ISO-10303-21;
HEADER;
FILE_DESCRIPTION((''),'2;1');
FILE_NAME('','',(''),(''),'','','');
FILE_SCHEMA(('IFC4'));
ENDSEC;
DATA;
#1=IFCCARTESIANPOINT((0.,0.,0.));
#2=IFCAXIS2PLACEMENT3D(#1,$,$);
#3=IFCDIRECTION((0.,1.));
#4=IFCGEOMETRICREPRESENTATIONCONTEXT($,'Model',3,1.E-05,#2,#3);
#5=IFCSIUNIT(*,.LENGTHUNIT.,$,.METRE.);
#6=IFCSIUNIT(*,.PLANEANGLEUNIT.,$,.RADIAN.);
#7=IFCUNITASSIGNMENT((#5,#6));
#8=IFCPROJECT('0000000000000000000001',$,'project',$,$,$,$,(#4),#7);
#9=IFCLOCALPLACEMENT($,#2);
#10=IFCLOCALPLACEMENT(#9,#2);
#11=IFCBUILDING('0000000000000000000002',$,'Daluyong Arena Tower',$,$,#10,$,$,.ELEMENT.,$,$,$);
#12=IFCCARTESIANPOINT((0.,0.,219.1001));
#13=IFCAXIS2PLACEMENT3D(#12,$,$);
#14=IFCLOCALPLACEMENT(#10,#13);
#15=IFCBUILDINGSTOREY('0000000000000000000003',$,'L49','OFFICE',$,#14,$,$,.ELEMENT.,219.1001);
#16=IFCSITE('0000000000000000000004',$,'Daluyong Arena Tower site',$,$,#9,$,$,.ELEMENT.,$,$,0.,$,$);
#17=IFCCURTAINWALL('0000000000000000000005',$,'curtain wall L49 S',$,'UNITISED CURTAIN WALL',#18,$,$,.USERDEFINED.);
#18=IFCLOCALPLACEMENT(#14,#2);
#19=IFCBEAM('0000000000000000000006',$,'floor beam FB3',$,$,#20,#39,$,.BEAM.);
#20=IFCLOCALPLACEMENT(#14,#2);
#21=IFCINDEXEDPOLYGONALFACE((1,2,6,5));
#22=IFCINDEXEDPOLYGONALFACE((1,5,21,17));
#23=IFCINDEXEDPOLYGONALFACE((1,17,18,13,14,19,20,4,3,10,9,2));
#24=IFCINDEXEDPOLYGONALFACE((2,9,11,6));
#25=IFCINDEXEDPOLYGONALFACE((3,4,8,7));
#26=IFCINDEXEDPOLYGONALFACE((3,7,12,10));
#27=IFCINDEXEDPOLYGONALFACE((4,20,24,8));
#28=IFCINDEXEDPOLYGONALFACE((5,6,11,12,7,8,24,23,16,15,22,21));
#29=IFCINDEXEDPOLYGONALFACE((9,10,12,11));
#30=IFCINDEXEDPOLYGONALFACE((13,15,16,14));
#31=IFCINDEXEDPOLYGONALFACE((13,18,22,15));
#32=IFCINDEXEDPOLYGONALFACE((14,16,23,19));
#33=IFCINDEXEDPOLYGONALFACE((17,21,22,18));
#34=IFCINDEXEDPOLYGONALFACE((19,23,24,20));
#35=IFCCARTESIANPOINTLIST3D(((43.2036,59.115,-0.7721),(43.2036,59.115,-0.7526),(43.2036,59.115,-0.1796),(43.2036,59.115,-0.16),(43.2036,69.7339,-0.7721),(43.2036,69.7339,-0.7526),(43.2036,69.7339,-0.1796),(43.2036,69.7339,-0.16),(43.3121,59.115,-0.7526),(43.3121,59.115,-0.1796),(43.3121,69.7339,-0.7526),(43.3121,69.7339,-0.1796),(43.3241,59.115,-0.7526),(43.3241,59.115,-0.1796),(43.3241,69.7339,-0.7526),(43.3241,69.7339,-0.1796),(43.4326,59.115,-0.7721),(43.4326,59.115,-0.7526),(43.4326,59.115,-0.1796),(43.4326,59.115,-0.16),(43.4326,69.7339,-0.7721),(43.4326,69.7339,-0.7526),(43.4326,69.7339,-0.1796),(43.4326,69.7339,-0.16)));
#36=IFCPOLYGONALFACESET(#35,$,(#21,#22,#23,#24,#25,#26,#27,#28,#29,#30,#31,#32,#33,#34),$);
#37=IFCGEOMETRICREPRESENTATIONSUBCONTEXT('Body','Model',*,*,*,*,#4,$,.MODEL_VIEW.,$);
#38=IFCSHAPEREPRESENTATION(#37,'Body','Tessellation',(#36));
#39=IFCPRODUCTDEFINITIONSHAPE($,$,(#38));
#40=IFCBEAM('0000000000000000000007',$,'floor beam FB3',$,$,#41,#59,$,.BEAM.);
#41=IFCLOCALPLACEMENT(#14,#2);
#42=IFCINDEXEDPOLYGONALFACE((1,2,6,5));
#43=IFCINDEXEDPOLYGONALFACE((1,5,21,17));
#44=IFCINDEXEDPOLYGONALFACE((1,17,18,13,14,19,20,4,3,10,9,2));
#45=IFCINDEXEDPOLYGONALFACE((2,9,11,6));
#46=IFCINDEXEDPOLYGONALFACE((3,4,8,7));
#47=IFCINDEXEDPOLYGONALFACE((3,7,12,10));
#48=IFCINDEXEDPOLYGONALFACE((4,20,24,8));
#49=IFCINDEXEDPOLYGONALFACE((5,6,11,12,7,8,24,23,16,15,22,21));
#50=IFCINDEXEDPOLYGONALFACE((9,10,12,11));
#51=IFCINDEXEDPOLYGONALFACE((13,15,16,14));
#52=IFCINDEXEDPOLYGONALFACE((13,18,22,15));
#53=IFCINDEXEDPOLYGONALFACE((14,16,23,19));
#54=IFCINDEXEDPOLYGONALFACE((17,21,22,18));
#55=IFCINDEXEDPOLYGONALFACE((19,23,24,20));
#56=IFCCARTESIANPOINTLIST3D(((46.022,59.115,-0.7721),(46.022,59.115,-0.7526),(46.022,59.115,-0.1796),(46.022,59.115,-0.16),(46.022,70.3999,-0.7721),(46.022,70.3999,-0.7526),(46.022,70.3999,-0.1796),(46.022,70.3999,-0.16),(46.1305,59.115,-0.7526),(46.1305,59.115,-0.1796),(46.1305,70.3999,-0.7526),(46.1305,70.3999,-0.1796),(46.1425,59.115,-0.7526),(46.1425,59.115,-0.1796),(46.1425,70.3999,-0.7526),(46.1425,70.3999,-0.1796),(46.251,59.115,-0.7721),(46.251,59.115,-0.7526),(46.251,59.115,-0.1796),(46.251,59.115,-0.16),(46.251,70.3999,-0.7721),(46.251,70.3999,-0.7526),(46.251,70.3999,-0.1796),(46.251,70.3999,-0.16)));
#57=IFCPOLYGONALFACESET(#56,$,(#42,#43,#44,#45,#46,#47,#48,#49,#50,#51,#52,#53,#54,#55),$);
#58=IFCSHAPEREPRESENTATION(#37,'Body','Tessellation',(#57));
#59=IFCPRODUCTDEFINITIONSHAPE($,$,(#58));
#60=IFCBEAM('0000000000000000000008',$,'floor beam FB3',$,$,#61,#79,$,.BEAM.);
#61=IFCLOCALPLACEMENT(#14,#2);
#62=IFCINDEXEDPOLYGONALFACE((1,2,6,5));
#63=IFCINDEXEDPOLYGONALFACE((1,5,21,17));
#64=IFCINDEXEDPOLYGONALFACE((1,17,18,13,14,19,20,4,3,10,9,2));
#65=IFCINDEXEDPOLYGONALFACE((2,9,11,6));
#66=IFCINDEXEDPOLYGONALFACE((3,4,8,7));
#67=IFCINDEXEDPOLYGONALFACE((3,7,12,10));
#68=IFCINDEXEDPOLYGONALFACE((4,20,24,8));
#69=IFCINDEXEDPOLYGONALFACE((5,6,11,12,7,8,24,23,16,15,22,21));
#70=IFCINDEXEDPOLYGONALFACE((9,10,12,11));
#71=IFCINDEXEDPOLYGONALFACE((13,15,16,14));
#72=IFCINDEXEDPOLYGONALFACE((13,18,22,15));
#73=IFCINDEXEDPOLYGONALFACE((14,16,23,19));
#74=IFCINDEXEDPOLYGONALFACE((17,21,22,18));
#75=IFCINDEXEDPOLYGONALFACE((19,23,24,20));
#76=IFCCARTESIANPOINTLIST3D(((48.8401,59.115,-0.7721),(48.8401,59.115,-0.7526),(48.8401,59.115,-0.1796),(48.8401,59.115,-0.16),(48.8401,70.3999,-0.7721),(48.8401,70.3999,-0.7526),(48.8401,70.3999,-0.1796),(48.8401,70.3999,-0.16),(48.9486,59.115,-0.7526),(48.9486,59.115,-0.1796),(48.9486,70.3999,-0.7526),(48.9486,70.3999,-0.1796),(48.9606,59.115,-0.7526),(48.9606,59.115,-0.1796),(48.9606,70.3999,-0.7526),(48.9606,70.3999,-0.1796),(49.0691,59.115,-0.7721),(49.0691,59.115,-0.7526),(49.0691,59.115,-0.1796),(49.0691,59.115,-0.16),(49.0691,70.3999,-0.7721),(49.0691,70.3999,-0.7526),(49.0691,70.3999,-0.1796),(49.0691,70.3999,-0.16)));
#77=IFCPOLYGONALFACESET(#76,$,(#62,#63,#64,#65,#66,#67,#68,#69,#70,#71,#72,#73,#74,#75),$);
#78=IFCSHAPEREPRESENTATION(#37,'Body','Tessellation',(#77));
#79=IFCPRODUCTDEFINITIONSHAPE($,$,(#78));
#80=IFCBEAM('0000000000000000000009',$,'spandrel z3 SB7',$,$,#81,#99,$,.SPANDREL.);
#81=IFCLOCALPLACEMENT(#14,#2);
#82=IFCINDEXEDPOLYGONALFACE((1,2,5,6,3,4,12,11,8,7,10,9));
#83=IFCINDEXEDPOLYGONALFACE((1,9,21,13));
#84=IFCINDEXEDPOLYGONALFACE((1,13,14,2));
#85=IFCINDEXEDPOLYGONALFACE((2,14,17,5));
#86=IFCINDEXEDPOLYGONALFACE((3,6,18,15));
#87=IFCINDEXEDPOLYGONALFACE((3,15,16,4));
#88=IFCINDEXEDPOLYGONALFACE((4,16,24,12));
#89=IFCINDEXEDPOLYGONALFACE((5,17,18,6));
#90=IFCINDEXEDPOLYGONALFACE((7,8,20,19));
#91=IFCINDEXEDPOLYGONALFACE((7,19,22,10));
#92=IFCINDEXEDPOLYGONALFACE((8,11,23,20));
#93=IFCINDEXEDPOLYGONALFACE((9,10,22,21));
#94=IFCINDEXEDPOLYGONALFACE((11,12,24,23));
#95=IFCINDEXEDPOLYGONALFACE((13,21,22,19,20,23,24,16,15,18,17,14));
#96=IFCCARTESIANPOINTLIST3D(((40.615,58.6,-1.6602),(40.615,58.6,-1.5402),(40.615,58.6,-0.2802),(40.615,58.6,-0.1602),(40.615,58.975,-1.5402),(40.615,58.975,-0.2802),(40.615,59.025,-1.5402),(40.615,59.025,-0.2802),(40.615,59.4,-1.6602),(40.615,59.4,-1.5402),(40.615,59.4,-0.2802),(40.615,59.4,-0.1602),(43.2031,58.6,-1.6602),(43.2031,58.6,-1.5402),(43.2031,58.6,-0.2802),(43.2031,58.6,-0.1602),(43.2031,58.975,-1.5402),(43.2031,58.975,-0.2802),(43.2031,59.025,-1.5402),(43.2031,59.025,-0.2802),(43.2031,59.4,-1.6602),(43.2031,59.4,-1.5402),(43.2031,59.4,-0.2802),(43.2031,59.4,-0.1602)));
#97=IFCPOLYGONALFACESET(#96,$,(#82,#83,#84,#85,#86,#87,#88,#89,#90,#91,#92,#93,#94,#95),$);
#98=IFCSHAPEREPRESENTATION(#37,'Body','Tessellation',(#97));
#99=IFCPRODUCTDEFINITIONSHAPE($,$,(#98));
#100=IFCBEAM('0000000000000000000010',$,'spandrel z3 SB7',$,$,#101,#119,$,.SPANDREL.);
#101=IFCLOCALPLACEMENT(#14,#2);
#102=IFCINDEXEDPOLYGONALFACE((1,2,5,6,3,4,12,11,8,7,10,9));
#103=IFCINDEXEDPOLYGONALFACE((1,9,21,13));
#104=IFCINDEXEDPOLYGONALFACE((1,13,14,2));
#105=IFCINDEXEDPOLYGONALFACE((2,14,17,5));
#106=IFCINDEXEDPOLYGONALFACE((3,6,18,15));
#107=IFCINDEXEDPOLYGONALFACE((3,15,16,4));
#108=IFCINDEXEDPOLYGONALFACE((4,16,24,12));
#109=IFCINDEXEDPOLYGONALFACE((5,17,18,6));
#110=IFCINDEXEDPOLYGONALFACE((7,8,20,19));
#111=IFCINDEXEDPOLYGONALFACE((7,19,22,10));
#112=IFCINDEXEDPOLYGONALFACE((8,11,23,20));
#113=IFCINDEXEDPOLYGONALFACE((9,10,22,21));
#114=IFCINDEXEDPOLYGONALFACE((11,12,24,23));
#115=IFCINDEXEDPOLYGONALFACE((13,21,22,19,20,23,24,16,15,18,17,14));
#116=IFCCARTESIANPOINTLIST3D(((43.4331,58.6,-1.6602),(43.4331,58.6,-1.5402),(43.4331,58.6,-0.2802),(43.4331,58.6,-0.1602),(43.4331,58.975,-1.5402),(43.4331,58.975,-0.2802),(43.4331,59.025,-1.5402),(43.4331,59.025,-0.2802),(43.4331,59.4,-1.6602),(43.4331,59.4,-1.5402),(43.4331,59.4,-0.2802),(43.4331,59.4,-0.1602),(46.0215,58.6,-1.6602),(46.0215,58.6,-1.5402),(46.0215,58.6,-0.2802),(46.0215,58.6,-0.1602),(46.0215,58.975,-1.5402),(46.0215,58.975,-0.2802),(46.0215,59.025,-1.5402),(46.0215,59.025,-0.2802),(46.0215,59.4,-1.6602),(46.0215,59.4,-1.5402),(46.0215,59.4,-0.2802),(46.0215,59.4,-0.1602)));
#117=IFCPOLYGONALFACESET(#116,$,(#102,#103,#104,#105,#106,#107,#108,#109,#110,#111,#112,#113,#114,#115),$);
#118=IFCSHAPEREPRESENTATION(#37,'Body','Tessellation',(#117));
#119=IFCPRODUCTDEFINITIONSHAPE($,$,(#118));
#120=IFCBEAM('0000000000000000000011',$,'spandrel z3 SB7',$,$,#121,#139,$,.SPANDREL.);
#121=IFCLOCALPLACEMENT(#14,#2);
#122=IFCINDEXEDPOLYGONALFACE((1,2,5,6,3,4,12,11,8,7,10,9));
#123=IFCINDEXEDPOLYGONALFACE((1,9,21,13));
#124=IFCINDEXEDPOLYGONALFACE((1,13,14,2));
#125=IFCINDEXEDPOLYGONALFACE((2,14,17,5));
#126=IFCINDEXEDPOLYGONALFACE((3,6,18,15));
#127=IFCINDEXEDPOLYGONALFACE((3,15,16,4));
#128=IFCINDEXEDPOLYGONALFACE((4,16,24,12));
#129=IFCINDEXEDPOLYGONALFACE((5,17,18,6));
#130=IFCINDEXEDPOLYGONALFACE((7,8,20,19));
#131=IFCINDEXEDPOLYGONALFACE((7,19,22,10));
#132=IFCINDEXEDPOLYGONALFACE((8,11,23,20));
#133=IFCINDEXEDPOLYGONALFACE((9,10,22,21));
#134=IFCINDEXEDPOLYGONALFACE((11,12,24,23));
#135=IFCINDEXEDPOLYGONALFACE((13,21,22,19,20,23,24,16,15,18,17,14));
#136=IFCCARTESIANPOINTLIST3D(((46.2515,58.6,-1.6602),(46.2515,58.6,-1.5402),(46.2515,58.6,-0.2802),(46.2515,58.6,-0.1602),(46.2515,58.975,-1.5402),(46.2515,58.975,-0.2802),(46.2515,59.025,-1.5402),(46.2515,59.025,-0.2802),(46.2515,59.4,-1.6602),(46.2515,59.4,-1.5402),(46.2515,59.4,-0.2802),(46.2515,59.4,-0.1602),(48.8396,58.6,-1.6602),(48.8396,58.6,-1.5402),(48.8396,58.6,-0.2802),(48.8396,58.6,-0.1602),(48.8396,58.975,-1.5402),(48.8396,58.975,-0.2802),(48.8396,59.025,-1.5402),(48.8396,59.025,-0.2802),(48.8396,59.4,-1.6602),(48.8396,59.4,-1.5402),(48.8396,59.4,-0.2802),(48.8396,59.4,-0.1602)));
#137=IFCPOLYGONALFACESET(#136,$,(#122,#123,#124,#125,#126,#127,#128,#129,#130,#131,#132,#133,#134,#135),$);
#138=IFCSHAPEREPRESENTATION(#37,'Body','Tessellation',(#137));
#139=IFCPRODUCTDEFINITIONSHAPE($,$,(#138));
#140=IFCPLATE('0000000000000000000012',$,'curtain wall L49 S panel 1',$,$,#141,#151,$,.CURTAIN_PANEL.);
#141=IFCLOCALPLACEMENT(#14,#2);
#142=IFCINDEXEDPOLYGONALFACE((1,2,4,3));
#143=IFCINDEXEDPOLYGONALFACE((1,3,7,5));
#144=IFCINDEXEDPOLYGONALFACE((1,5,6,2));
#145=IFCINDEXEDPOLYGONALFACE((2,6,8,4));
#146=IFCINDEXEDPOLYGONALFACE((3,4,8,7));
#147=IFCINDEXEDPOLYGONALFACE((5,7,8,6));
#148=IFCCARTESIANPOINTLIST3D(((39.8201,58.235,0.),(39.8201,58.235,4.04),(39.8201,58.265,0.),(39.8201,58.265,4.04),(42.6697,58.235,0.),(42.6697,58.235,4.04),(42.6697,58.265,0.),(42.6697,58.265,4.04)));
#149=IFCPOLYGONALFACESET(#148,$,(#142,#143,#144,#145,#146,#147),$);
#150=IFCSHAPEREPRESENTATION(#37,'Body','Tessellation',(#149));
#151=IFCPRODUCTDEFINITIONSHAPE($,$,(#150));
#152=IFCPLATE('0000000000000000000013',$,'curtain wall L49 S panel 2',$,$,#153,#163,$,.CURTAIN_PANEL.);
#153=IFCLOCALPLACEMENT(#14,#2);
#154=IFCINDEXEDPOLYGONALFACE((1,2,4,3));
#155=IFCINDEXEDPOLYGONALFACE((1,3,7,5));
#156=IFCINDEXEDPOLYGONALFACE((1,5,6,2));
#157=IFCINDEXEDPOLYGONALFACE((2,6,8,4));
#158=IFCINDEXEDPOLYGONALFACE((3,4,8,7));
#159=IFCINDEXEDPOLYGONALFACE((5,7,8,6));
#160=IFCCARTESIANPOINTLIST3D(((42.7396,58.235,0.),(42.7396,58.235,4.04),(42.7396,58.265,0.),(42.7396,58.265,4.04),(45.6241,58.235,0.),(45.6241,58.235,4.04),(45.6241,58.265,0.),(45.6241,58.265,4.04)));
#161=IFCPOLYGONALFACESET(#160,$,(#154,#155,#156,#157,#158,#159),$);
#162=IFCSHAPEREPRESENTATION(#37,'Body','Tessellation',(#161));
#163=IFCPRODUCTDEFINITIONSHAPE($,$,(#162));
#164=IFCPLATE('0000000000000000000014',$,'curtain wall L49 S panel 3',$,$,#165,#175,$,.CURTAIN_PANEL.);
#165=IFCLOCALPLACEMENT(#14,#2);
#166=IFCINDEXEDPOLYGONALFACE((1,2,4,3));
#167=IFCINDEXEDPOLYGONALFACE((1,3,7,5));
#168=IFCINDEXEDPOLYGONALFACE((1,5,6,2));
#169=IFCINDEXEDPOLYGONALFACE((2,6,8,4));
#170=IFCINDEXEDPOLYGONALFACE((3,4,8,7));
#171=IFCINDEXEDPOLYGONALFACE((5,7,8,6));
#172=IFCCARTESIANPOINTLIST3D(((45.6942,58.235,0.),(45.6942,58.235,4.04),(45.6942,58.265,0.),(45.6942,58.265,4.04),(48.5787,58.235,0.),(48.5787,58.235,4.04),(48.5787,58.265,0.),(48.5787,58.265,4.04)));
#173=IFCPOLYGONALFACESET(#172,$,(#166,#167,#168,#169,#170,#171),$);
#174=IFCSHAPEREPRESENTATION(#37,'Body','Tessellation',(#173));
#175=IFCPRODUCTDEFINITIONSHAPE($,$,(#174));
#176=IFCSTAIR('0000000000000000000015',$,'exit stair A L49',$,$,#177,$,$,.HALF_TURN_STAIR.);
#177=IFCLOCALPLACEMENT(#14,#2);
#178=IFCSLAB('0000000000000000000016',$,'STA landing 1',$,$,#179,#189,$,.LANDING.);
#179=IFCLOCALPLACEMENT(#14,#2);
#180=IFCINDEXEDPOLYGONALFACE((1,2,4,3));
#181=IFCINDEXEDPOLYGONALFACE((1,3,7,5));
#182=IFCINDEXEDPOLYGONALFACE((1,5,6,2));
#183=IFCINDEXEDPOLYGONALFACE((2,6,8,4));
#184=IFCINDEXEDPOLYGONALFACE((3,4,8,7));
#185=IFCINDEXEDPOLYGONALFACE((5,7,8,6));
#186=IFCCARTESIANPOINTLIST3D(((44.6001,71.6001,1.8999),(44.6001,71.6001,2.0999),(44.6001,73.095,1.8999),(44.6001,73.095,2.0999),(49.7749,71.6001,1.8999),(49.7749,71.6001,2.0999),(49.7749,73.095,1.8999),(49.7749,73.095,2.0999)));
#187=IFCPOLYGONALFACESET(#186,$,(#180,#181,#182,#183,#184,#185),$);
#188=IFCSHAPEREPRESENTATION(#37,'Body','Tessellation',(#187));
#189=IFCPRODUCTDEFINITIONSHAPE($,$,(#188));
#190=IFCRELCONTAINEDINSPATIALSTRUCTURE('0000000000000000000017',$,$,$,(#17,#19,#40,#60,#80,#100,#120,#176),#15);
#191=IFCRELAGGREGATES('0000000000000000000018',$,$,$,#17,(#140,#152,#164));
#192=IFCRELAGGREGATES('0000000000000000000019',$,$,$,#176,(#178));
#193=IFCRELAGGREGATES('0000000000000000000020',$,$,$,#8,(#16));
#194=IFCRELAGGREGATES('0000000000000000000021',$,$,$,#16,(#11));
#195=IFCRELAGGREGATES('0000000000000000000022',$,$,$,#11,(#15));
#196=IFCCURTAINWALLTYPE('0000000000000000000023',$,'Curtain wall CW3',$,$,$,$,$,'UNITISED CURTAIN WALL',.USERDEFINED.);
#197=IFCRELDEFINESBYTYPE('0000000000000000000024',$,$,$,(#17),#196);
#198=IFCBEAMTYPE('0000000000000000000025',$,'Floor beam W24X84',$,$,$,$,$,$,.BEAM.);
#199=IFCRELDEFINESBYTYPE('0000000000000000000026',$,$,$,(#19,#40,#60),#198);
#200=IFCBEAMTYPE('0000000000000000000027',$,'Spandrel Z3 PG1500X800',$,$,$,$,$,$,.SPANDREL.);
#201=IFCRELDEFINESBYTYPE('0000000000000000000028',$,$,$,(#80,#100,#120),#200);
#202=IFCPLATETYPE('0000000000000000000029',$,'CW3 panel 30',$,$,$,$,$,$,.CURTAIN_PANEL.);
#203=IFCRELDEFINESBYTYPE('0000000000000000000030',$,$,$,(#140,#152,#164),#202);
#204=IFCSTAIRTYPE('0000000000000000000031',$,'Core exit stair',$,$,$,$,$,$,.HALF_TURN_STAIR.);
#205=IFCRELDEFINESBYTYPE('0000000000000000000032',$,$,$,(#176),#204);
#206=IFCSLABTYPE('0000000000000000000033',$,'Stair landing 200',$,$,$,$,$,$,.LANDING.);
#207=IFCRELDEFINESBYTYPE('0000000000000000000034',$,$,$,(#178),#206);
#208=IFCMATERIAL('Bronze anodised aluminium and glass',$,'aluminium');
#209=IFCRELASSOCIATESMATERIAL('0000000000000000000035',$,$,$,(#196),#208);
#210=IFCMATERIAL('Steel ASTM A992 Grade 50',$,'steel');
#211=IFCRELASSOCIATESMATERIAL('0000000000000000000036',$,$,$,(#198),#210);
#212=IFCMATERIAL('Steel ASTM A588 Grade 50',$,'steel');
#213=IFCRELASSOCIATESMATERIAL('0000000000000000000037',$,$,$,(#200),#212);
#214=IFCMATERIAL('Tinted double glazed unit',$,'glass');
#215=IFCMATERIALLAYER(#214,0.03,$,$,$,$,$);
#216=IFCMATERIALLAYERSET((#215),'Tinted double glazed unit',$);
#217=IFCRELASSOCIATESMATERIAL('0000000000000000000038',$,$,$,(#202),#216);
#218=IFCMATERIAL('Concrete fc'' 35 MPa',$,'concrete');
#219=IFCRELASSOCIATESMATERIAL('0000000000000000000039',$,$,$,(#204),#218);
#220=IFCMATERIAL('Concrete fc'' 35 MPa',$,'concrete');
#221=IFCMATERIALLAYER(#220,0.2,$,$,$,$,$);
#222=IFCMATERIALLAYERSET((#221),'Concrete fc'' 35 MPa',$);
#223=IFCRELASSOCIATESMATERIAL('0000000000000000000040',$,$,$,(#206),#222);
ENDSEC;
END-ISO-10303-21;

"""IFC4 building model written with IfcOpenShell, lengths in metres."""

from ifc_helpers import new_model, si_unit, direction, frame, origin, origin_2d, place, context, subcontext, project, spatial, polyline, rectangle, i_section, outline, extrude, material, layer, layer_set, material_profile, profile_set, type_object, element, aggregate, save


model = new_model("IFC4")

# Units and contexts
model_context = context("Model", 3, precision=1e-05, world=origin(), true_north=direction((0.0, 1.0)))
body_context = subcontext(model_context, "Body", "Model", "MODEL_VIEW")
ifc_project = project(units=[si_unit("LENGTHUNIT", "METRE"), si_unit("PLANEANGLEUNIT", "RADIAN")], contexts=[model_context])

# Site, building, storey
site_placement = place(None, origin())
site = spatial("IfcSite", under=ifc_project, at=site_placement, Name="Daluyong Arena Tower site", CompositionType="ELEMENT", RefElevation=0.0)
building_placement = place(site_placement, origin())
building = spatial("IfcBuilding", under=site, at=building_placement, Name="Daluyong Arena Tower", CompositionType="ELEMENT")
storey_placement = place(building_placement, frame((0.0, 0.0, 219.1001)))
storey = spatial("IfcBuildingStorey", under=building, at=storey_placement, Name="L49", Description="OFFICE", CompositionType="ELEMENT", Elevation=219.1001)

# Curtain wall
ifc_material_1 = material(Name="Bronze anodised aluminium and glass", Category="aluminium")
curtain_wall_type_1 = type_object("IfcCurtainWallType", Name="Curtain wall CW3", ElementType="UNITISED CURTAIN WALL", PredefinedType="USERDEFINED", material=ifc_material_1)
curtain_wall_1_placement = place(storey_placement, origin())
curtain_wall_1 = element("IfcCurtainWall", 1, at=curtain_wall_1_placement, inside=storey, type_object=curtain_wall_type_1, Name="curtain wall L49 S", ObjectType="UNITISED CURTAIN WALL", PredefinedType="USERDEFINED")

# Beams
ifc_material_2 = material(Name="Steel ASTM A992 Grade 50", Category="steel")
ifc_material_profile_1 = material_profile(ifc_material_2, i_section(OverallWidth=0.229, OverallDepth=0.6121, WebThickness=0.012, FlangeThickness=0.0195, at=origin_2d()))
ifc_profile_set_1 = profile_set([ifc_material_profile_1], Name="Steel ASTM A992 Grade 50")
beam_type_1 = type_object("IfcBeamType", Name="Floor beam W24X84", PredefinedType="BEAM", material=ifc_profile_set_1)
beam_1_placement = place(storey_placement, frame((43.3181, 59.115, -0.4661), z_axis=(0.0, 1.0, 0.0), x_axis=(-1.0, 0.0, 0.0)))
element("IfcBeam", 2, at=beam_1_placement, inside=storey, type_object=beam_type_1, Name="floor beam FB3", PredefinedType="BEAM", context=body_context, shape_type="SweptSolid", body=[
    extrude(i_section(OverallWidth=0.229, OverallDepth=0.6121, WebThickness=0.012, FlangeThickness=0.0195, at=origin_2d()), origin(), (0.0, 0.0, 1.0), 10.6189),
])
for number, where, z_axis, x_axis, name in (
    (3, (46.1365, 59.115, -0.4661), (0.0, 1.0, 0.0), (-1.0, 0.0, 0.0), "floor beam FB3"),
    (4, (48.9546, 59.115, -0.4661), (0.0, 1.0, 0.0), (-1.0, 0.0, 0.0), "floor beam FB3"),
):
    element("IfcBeam", number, at=place(storey_placement, frame(where, z_axis=z_axis, x_axis=x_axis)), inside=storey, type_object=beam_type_1, Name=name, PredefinedType="BEAM", context=body_context, shape_type="SweptSolid", body=[
        extrude(i_section(OverallWidth=0.229, OverallDepth=0.6121, WebThickness=0.012, FlangeThickness=0.0195, at=origin_2d()), origin(), (0.0, 0.0, 1.0), 11.2849),
    ])
ifc_material_3 = material(Name="Steel ASTM A588 Grade 50", Category="steel")
ifc_material_profile_2 = material_profile(ifc_material_3, i_section(OverallWidth=0.8, OverallDepth=1.5, WebThickness=0.05, FlangeThickness=0.12, at=origin_2d()))
ifc_profile_set_2 = profile_set([ifc_material_profile_2], Name="Steel ASTM A588 Grade 50")
beam_type_2 = type_object("IfcBeamType", Name="Spandrel Z3 PG1500X800", PredefinedType="SPANDREL", material=ifc_profile_set_2)
beam_2_placement = place(storey_placement, frame((40.615, 59.0, -0.9102), z_axis=(1.0, 0.0, 0.0), x_axis=(0.0, 1.0, 0.0)))
element("IfcBeam", 5, at=beam_2_placement, inside=storey, type_object=beam_type_2, Name="spandrel z3 SB7", PredefinedType="SPANDREL", context=body_context, shape_type="SweptSolid", body=[
    extrude(i_section(OverallWidth=0.8, OverallDepth=1.5, WebThickness=0.05, FlangeThickness=0.12, at=origin_2d()), origin(), (0.0, 0.0, 1.0), 2.5881),
])
beam_3_placement = place(storey_placement, frame((43.4331, 59.0, -0.9102), z_axis=(1.0, 0.0, 0.0), x_axis=(0.0, 1.0, 0.0)))
element("IfcBeam", 6, at=beam_3_placement, inside=storey, type_object=beam_type_2, Name="spandrel z3 SB7", PredefinedType="SPANDREL", context=body_context, shape_type="SweptSolid", body=[
    extrude(i_section(OverallWidth=0.8, OverallDepth=1.5, WebThickness=0.05, FlangeThickness=0.12, at=origin_2d()), origin(), (0.0, 0.0, 1.0), 2.5884),
])
beam_4_placement = place(storey_placement, frame((46.2515, 59.0, -0.9102), z_axis=(1.0, 0.0, 0.0), x_axis=(0.0, 1.0, 0.0)))
element("IfcBeam", 7, at=beam_4_placement, inside=storey, type_object=beam_type_2, Name="spandrel z3 SB7", PredefinedType="SPANDREL", context=body_context, shape_type="SweptSolid", body=[
    extrude(i_section(OverallWidth=0.8, OverallDepth=1.5, WebThickness=0.05, FlangeThickness=0.12, at=origin_2d()), origin(), (0.0, 0.0, 1.0), 2.5881),
])

# Plates
ifc_material_4 = material(Name="Tinted double glazed unit", Category="glass")
ifc_layer_1 = layer(ifc_material_4, 0.03)
ifc_layer_set_1 = layer_set([ifc_layer_1], Name="Tinted double glazed unit")
plate_type = type_object("IfcPlateType", Name="CW3 panel 30", PredefinedType="CURTAIN_PANEL", material=ifc_layer_set_1)
plate_1_placement = place(storey_placement, frame((41.2449, 58.25, 0.0), z_axis=(0.0, 0.0, 1.0), x_axis=(1.0, 0.0, 0.0)))
plate_1 = element("IfcPlate", 8, at=plate_1_placement, type_object=plate_type, Name="curtain wall L49 S panel 1", PredefinedType="CURTAIN_PANEL", context=body_context, shape_type="SweptSolid", body=[
    extrude(rectangle(XDim=2.8496, YDim=0.03, at=origin_2d()), origin(), (0.0, 0.0, 1.0), 4.04),
])
plate_2_placement = place(storey_placement, frame((44.1819, 58.25, 0.0), z_axis=(0.0, 0.0, 1.0), x_axis=(1.0, 0.0, 0.0)))
plate_2 = element("IfcPlate", 9, at=plate_2_placement, type_object=plate_type, Name="curtain wall L49 S panel 2", PredefinedType="CURTAIN_PANEL", context=body_context, shape_type="SweptSolid", body=[
    extrude(rectangle(XDim=2.8845, YDim=0.03, at=origin_2d()), origin(), (0.0, 0.0, 1.0), 4.04),
])
plate_3_placement = place(storey_placement, frame((47.1365, 58.25, 0.0), z_axis=(0.0, 0.0, 1.0), x_axis=(1.0, 0.0, 0.0)))
plate_3 = element("IfcPlate", 10, at=plate_3_placement, type_object=plate_type, Name="curtain wall L49 S panel 3", PredefinedType="CURTAIN_PANEL", context=body_context, shape_type="SweptSolid", body=[
    extrude(rectangle(XDim=2.8845, YDim=0.03, at=origin_2d()), origin(), (0.0, 0.0, 1.0), 4.04),
])
aggregate(curtain_wall_1, [plate_1, plate_2, plate_3])

# Stair, slab
ifc_material_5 = material(Name="Concrete fc' 35 MPa", Category="concrete")
stair_type = type_object("IfcStairType", Name="Core exit stair", PredefinedType="HALF_TURN_STAIR", material=ifc_material_5)
stair_1_placement = place(storey_placement, origin())
stair_1 = element("IfcStair", 11, at=stair_1_placement, inside=storey, type_object=stair_type, Name="exit stair A L49", PredefinedType="HALF_TURN_STAIR")
ifc_material_6 = material(Name="Concrete fc' 35 MPa", Category="concrete")
ifc_layer_2 = layer(ifc_material_6, 0.2)
ifc_layer_set_2 = layer_set([ifc_layer_2], Name="Concrete fc' 35 MPa")
slab_type = type_object("IfcSlabType", Name="Stair landing 200", PredefinedType="LANDING", material=ifc_layer_set_2)
slab_1_placement = place(storey_placement, frame((0.0, 0.0, 1.8999)))
slab_1 = element("IfcSlab", 12, at=slab_1_placement, type_object=slab_type, Name="STA landing 1", PredefinedType="LANDING", context=body_context, shape_type="SweptSolid", body=[
    extrude(outline(polyline([(44.6001, 71.6001), (49.7749, 71.6001), (49.7749, 73.095), (44.6001, 73.095), (44.6001, 71.6001)])), origin(), (0.0, 0.0, 1.0), 0.2),
])
aggregate(stair_1, [slab_1])

save(model, "model.ifc")
